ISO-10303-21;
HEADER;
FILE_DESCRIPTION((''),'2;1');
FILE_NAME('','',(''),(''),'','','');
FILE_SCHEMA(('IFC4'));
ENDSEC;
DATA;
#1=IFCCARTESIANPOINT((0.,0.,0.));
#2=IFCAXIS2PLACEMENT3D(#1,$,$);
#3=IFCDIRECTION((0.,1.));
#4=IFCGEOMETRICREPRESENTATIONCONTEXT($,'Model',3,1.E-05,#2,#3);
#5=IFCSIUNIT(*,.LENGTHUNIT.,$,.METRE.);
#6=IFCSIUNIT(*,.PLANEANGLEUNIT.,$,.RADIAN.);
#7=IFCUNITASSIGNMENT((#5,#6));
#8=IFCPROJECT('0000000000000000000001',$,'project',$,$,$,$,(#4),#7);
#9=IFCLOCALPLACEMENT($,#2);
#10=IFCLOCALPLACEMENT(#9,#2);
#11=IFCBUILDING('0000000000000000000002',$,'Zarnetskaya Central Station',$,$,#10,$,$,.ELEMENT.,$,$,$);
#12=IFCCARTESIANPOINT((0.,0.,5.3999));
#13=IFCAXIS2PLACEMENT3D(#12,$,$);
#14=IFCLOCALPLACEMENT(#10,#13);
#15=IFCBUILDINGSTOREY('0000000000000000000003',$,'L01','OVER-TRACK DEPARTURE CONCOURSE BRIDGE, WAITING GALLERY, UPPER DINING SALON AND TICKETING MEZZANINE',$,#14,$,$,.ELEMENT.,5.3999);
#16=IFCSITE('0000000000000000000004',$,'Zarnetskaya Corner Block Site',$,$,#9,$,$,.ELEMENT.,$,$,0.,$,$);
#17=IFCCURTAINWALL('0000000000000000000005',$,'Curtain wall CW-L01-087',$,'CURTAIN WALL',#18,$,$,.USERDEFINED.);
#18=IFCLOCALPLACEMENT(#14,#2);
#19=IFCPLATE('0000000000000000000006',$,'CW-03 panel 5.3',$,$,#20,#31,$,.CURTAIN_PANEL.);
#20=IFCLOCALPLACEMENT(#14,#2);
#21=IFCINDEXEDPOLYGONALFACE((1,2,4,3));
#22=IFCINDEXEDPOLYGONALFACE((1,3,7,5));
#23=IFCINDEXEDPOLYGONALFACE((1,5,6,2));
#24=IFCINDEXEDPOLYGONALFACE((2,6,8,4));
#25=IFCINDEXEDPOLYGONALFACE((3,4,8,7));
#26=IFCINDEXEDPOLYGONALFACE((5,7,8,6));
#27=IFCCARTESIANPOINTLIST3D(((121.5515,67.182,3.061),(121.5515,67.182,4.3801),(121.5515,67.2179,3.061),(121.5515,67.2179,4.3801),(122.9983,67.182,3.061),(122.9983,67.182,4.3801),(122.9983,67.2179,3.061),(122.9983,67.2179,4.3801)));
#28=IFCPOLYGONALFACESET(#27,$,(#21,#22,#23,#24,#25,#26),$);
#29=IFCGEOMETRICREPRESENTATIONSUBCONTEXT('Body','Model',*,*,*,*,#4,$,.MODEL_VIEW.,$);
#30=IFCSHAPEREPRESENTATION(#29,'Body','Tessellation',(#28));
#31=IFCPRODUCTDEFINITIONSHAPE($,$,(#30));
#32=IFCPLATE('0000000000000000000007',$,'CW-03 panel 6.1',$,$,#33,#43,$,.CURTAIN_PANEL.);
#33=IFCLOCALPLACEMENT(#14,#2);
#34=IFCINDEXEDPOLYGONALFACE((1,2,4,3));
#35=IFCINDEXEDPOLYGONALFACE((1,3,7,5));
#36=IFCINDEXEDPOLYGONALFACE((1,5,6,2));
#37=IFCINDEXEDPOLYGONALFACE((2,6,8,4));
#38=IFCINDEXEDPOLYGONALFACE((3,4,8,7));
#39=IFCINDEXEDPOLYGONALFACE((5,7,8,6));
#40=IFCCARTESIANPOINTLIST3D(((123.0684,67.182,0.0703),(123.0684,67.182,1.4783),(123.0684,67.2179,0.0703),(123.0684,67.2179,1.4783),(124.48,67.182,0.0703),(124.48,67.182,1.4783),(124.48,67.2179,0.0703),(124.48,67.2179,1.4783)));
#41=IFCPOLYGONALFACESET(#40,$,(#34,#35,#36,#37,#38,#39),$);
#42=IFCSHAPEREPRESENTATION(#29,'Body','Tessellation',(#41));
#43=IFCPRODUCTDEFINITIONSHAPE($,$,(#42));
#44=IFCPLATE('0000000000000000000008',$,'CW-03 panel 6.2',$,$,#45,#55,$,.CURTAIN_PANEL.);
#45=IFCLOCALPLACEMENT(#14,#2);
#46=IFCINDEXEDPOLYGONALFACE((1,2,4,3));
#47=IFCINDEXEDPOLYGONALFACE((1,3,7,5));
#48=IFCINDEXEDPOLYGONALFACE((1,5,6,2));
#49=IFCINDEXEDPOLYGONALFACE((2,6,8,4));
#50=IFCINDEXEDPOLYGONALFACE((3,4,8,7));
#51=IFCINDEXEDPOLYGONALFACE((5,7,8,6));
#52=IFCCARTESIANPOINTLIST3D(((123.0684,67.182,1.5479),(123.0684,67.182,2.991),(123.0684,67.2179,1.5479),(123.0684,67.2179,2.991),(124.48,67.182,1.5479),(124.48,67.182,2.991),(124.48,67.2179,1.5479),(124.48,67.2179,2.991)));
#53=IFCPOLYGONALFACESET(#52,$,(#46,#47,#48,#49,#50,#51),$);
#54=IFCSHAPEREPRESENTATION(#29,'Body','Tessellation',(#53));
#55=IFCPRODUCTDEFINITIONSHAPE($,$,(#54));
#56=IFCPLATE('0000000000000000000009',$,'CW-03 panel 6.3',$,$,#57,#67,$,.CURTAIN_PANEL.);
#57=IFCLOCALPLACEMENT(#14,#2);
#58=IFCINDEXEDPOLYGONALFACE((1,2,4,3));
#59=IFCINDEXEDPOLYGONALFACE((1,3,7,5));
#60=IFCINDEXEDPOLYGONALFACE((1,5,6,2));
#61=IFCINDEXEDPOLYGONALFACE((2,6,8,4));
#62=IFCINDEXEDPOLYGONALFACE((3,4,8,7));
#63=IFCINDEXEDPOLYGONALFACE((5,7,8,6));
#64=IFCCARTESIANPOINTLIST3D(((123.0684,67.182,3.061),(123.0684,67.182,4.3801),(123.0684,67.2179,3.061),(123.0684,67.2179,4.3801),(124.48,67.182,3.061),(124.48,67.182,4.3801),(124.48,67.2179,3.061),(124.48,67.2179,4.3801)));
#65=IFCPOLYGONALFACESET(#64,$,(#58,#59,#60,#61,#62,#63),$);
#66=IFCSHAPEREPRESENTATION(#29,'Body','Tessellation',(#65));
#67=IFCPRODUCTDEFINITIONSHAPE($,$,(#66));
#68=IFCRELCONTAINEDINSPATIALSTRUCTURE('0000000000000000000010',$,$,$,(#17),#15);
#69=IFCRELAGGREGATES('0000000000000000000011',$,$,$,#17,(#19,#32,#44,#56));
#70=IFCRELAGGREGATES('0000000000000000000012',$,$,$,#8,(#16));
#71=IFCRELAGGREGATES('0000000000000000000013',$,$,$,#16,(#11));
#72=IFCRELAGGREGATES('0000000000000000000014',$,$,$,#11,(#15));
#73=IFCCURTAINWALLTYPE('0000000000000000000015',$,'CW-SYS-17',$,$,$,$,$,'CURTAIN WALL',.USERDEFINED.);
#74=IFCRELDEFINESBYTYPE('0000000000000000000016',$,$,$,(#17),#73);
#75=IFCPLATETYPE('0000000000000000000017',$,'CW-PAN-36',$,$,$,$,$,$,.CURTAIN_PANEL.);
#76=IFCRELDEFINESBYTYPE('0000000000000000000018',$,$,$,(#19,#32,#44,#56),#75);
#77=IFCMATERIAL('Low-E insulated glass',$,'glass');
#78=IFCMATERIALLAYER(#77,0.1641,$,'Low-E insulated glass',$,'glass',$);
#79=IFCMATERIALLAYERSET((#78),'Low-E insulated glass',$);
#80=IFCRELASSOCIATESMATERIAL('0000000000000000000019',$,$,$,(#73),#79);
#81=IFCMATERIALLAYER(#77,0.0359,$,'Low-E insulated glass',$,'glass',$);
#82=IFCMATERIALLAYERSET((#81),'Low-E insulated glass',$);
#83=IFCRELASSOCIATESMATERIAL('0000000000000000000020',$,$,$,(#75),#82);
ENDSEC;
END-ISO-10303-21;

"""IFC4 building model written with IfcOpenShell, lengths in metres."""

from ifc_helpers import new_model, si_unit, direction, frame, origin, origin_2d, place, context, subcontext, project, spatial, rectangle, extrude, material, layer, layer_set, type_object, element, aggregate, save


model = new_model("IFC4")

# Units and contexts
model_context = context("Model", 3, precision=1e-05, world=origin(), true_north=direction((0.0, 1.0)))
body_context = subcontext(model_context, "Body", "Model", "MODEL_VIEW")
ifc_project = project(units=[si_unit("LENGTHUNIT", "METRE"), si_unit("PLANEANGLEUNIT", "RADIAN")], contexts=[model_context])

# Site, building, storey
site_placement = place(None, origin())
site = spatial("IfcSite", under=ifc_project, at=site_placement, Name="Zarnetskaya Corner Block Site", CompositionType="ELEMENT", RefElevation=0.0)
building_placement = place(site_placement, origin())
building = spatial("IfcBuilding", under=site, at=building_placement, Name="Zarnetskaya Central Station", CompositionType="ELEMENT")
storey_placement = place(building_placement, frame((0.0, 0.0, 5.3999)))
storey = spatial("IfcBuildingStorey", under=building, at=storey_placement, Name="L01", Description="OVER-TRACK DEPARTURE CONCOURSE BRIDGE, WAITING GALLERY, UPPER DINING SALON AND TICKETING MEZZANINE", CompositionType="ELEMENT", Elevation=5.3999)

# Curtain wall
ifc_material_1 = material(Name="Low-E insulated glass", Category="glass")
ifc_layer_1 = layer(ifc_material_1, 0.1641, Name="Low-E insulated glass", Category="glass")
ifc_layer_set_1 = layer_set([ifc_layer_1], Name="Low-E insulated glass")
curtain_wall_type = type_object("IfcCurtainWallType", Name="CW-SYS-17", ElementType="CURTAIN WALL", PredefinedType="USERDEFINED", material=ifc_layer_set_1)
curtain_wall_placement = place(storey_placement, origin())
curtain_wall = element("IfcCurtainWall", 1, at=curtain_wall_placement, inside=storey, type_object=curtain_wall_type, Name="Curtain wall CW-L01-087", ObjectType="CURTAIN WALL", PredefinedType="USERDEFINED")

# Plates
ifc_layer_2 = layer(ifc_material_1, 0.0359, Name="Low-E insulated glass", Category="glass")
ifc_layer_set_2 = layer_set([ifc_layer_2], Name="Low-E insulated glass")
plate_type = type_object("IfcPlateType", Name="CW-PAN-36", PredefinedType="CURTAIN_PANEL", material=ifc_layer_set_2)
plate_1_placement = place(storey_placement, frame((122.2749, 67.2, 3.061), z_axis=(0.0, 0.0, 1.0), x_axis=(1.0, 0.0, 0.0)))
plate_1 = element("IfcPlate", 2, at=plate_1_placement, type_object=plate_type, Name="CW-03 panel 5.3", PredefinedType="CURTAIN_PANEL", context=body_context, shape_type="SweptSolid", body=[
    extrude(rectangle(XDim=1.4468, YDim=0.0359, at=origin_2d()), origin(), (0.0, 0.0, 1.0), 1.3191),
])
plate_2_placement = place(storey_placement, frame((123.7742, 67.2, 0.0703), z_axis=(0.0, 0.0, 1.0), x_axis=(1.0, 0.0, 0.0)))
plate_2 = element("IfcPlate", 3, at=plate_2_placement, type_object=plate_type, Name="CW-03 panel 6.1", PredefinedType="CURTAIN_PANEL", context=body_context, shape_type="SweptSolid", body=[
    extrude(rectangle(XDim=1.4116, YDim=0.0359, at=origin_2d()), origin(), (0.0, 0.0, 1.0), 1.408),
])
plate_3_placement = place(storey_placement, frame((123.7742, 67.2, 1.5479), z_axis=(0.0, 0.0, 1.0), x_axis=(1.0, 0.0, 0.0)))
plate_3 = element("IfcPlate", 4, at=plate_3_placement, type_object=plate_type, Name="CW-03 panel 6.2", PredefinedType="CURTAIN_PANEL", context=body_context, shape_type="SweptSolid", body=[
    extrude(rectangle(XDim=1.4116, YDim=0.0359, at=origin_2d()), origin(), (0.0, 0.0, 1.0), 1.4431),
])
plate_4_placement = place(storey_placement, frame((123.7742, 67.2, 3.061), z_axis=(0.0, 0.0, 1.0), x_axis=(1.0, 0.0, 0.0)))
plate_4 = element("IfcPlate", 5, at=plate_4_placement, type_object=plate_type, Name="CW-03 panel 6.3", PredefinedType="CURTAIN_PANEL", context=body_context, shape_type="SweptSolid", body=[
    extrude(rectangle(XDim=1.4116, YDim=0.0359, at=origin_2d()), origin(), (0.0, 0.0, 1.0), 1.3191),
])
aggregate(curtain_wall, [plate_1, plate_2, plate_3, plate_4])

save(model, "model.ifc")
